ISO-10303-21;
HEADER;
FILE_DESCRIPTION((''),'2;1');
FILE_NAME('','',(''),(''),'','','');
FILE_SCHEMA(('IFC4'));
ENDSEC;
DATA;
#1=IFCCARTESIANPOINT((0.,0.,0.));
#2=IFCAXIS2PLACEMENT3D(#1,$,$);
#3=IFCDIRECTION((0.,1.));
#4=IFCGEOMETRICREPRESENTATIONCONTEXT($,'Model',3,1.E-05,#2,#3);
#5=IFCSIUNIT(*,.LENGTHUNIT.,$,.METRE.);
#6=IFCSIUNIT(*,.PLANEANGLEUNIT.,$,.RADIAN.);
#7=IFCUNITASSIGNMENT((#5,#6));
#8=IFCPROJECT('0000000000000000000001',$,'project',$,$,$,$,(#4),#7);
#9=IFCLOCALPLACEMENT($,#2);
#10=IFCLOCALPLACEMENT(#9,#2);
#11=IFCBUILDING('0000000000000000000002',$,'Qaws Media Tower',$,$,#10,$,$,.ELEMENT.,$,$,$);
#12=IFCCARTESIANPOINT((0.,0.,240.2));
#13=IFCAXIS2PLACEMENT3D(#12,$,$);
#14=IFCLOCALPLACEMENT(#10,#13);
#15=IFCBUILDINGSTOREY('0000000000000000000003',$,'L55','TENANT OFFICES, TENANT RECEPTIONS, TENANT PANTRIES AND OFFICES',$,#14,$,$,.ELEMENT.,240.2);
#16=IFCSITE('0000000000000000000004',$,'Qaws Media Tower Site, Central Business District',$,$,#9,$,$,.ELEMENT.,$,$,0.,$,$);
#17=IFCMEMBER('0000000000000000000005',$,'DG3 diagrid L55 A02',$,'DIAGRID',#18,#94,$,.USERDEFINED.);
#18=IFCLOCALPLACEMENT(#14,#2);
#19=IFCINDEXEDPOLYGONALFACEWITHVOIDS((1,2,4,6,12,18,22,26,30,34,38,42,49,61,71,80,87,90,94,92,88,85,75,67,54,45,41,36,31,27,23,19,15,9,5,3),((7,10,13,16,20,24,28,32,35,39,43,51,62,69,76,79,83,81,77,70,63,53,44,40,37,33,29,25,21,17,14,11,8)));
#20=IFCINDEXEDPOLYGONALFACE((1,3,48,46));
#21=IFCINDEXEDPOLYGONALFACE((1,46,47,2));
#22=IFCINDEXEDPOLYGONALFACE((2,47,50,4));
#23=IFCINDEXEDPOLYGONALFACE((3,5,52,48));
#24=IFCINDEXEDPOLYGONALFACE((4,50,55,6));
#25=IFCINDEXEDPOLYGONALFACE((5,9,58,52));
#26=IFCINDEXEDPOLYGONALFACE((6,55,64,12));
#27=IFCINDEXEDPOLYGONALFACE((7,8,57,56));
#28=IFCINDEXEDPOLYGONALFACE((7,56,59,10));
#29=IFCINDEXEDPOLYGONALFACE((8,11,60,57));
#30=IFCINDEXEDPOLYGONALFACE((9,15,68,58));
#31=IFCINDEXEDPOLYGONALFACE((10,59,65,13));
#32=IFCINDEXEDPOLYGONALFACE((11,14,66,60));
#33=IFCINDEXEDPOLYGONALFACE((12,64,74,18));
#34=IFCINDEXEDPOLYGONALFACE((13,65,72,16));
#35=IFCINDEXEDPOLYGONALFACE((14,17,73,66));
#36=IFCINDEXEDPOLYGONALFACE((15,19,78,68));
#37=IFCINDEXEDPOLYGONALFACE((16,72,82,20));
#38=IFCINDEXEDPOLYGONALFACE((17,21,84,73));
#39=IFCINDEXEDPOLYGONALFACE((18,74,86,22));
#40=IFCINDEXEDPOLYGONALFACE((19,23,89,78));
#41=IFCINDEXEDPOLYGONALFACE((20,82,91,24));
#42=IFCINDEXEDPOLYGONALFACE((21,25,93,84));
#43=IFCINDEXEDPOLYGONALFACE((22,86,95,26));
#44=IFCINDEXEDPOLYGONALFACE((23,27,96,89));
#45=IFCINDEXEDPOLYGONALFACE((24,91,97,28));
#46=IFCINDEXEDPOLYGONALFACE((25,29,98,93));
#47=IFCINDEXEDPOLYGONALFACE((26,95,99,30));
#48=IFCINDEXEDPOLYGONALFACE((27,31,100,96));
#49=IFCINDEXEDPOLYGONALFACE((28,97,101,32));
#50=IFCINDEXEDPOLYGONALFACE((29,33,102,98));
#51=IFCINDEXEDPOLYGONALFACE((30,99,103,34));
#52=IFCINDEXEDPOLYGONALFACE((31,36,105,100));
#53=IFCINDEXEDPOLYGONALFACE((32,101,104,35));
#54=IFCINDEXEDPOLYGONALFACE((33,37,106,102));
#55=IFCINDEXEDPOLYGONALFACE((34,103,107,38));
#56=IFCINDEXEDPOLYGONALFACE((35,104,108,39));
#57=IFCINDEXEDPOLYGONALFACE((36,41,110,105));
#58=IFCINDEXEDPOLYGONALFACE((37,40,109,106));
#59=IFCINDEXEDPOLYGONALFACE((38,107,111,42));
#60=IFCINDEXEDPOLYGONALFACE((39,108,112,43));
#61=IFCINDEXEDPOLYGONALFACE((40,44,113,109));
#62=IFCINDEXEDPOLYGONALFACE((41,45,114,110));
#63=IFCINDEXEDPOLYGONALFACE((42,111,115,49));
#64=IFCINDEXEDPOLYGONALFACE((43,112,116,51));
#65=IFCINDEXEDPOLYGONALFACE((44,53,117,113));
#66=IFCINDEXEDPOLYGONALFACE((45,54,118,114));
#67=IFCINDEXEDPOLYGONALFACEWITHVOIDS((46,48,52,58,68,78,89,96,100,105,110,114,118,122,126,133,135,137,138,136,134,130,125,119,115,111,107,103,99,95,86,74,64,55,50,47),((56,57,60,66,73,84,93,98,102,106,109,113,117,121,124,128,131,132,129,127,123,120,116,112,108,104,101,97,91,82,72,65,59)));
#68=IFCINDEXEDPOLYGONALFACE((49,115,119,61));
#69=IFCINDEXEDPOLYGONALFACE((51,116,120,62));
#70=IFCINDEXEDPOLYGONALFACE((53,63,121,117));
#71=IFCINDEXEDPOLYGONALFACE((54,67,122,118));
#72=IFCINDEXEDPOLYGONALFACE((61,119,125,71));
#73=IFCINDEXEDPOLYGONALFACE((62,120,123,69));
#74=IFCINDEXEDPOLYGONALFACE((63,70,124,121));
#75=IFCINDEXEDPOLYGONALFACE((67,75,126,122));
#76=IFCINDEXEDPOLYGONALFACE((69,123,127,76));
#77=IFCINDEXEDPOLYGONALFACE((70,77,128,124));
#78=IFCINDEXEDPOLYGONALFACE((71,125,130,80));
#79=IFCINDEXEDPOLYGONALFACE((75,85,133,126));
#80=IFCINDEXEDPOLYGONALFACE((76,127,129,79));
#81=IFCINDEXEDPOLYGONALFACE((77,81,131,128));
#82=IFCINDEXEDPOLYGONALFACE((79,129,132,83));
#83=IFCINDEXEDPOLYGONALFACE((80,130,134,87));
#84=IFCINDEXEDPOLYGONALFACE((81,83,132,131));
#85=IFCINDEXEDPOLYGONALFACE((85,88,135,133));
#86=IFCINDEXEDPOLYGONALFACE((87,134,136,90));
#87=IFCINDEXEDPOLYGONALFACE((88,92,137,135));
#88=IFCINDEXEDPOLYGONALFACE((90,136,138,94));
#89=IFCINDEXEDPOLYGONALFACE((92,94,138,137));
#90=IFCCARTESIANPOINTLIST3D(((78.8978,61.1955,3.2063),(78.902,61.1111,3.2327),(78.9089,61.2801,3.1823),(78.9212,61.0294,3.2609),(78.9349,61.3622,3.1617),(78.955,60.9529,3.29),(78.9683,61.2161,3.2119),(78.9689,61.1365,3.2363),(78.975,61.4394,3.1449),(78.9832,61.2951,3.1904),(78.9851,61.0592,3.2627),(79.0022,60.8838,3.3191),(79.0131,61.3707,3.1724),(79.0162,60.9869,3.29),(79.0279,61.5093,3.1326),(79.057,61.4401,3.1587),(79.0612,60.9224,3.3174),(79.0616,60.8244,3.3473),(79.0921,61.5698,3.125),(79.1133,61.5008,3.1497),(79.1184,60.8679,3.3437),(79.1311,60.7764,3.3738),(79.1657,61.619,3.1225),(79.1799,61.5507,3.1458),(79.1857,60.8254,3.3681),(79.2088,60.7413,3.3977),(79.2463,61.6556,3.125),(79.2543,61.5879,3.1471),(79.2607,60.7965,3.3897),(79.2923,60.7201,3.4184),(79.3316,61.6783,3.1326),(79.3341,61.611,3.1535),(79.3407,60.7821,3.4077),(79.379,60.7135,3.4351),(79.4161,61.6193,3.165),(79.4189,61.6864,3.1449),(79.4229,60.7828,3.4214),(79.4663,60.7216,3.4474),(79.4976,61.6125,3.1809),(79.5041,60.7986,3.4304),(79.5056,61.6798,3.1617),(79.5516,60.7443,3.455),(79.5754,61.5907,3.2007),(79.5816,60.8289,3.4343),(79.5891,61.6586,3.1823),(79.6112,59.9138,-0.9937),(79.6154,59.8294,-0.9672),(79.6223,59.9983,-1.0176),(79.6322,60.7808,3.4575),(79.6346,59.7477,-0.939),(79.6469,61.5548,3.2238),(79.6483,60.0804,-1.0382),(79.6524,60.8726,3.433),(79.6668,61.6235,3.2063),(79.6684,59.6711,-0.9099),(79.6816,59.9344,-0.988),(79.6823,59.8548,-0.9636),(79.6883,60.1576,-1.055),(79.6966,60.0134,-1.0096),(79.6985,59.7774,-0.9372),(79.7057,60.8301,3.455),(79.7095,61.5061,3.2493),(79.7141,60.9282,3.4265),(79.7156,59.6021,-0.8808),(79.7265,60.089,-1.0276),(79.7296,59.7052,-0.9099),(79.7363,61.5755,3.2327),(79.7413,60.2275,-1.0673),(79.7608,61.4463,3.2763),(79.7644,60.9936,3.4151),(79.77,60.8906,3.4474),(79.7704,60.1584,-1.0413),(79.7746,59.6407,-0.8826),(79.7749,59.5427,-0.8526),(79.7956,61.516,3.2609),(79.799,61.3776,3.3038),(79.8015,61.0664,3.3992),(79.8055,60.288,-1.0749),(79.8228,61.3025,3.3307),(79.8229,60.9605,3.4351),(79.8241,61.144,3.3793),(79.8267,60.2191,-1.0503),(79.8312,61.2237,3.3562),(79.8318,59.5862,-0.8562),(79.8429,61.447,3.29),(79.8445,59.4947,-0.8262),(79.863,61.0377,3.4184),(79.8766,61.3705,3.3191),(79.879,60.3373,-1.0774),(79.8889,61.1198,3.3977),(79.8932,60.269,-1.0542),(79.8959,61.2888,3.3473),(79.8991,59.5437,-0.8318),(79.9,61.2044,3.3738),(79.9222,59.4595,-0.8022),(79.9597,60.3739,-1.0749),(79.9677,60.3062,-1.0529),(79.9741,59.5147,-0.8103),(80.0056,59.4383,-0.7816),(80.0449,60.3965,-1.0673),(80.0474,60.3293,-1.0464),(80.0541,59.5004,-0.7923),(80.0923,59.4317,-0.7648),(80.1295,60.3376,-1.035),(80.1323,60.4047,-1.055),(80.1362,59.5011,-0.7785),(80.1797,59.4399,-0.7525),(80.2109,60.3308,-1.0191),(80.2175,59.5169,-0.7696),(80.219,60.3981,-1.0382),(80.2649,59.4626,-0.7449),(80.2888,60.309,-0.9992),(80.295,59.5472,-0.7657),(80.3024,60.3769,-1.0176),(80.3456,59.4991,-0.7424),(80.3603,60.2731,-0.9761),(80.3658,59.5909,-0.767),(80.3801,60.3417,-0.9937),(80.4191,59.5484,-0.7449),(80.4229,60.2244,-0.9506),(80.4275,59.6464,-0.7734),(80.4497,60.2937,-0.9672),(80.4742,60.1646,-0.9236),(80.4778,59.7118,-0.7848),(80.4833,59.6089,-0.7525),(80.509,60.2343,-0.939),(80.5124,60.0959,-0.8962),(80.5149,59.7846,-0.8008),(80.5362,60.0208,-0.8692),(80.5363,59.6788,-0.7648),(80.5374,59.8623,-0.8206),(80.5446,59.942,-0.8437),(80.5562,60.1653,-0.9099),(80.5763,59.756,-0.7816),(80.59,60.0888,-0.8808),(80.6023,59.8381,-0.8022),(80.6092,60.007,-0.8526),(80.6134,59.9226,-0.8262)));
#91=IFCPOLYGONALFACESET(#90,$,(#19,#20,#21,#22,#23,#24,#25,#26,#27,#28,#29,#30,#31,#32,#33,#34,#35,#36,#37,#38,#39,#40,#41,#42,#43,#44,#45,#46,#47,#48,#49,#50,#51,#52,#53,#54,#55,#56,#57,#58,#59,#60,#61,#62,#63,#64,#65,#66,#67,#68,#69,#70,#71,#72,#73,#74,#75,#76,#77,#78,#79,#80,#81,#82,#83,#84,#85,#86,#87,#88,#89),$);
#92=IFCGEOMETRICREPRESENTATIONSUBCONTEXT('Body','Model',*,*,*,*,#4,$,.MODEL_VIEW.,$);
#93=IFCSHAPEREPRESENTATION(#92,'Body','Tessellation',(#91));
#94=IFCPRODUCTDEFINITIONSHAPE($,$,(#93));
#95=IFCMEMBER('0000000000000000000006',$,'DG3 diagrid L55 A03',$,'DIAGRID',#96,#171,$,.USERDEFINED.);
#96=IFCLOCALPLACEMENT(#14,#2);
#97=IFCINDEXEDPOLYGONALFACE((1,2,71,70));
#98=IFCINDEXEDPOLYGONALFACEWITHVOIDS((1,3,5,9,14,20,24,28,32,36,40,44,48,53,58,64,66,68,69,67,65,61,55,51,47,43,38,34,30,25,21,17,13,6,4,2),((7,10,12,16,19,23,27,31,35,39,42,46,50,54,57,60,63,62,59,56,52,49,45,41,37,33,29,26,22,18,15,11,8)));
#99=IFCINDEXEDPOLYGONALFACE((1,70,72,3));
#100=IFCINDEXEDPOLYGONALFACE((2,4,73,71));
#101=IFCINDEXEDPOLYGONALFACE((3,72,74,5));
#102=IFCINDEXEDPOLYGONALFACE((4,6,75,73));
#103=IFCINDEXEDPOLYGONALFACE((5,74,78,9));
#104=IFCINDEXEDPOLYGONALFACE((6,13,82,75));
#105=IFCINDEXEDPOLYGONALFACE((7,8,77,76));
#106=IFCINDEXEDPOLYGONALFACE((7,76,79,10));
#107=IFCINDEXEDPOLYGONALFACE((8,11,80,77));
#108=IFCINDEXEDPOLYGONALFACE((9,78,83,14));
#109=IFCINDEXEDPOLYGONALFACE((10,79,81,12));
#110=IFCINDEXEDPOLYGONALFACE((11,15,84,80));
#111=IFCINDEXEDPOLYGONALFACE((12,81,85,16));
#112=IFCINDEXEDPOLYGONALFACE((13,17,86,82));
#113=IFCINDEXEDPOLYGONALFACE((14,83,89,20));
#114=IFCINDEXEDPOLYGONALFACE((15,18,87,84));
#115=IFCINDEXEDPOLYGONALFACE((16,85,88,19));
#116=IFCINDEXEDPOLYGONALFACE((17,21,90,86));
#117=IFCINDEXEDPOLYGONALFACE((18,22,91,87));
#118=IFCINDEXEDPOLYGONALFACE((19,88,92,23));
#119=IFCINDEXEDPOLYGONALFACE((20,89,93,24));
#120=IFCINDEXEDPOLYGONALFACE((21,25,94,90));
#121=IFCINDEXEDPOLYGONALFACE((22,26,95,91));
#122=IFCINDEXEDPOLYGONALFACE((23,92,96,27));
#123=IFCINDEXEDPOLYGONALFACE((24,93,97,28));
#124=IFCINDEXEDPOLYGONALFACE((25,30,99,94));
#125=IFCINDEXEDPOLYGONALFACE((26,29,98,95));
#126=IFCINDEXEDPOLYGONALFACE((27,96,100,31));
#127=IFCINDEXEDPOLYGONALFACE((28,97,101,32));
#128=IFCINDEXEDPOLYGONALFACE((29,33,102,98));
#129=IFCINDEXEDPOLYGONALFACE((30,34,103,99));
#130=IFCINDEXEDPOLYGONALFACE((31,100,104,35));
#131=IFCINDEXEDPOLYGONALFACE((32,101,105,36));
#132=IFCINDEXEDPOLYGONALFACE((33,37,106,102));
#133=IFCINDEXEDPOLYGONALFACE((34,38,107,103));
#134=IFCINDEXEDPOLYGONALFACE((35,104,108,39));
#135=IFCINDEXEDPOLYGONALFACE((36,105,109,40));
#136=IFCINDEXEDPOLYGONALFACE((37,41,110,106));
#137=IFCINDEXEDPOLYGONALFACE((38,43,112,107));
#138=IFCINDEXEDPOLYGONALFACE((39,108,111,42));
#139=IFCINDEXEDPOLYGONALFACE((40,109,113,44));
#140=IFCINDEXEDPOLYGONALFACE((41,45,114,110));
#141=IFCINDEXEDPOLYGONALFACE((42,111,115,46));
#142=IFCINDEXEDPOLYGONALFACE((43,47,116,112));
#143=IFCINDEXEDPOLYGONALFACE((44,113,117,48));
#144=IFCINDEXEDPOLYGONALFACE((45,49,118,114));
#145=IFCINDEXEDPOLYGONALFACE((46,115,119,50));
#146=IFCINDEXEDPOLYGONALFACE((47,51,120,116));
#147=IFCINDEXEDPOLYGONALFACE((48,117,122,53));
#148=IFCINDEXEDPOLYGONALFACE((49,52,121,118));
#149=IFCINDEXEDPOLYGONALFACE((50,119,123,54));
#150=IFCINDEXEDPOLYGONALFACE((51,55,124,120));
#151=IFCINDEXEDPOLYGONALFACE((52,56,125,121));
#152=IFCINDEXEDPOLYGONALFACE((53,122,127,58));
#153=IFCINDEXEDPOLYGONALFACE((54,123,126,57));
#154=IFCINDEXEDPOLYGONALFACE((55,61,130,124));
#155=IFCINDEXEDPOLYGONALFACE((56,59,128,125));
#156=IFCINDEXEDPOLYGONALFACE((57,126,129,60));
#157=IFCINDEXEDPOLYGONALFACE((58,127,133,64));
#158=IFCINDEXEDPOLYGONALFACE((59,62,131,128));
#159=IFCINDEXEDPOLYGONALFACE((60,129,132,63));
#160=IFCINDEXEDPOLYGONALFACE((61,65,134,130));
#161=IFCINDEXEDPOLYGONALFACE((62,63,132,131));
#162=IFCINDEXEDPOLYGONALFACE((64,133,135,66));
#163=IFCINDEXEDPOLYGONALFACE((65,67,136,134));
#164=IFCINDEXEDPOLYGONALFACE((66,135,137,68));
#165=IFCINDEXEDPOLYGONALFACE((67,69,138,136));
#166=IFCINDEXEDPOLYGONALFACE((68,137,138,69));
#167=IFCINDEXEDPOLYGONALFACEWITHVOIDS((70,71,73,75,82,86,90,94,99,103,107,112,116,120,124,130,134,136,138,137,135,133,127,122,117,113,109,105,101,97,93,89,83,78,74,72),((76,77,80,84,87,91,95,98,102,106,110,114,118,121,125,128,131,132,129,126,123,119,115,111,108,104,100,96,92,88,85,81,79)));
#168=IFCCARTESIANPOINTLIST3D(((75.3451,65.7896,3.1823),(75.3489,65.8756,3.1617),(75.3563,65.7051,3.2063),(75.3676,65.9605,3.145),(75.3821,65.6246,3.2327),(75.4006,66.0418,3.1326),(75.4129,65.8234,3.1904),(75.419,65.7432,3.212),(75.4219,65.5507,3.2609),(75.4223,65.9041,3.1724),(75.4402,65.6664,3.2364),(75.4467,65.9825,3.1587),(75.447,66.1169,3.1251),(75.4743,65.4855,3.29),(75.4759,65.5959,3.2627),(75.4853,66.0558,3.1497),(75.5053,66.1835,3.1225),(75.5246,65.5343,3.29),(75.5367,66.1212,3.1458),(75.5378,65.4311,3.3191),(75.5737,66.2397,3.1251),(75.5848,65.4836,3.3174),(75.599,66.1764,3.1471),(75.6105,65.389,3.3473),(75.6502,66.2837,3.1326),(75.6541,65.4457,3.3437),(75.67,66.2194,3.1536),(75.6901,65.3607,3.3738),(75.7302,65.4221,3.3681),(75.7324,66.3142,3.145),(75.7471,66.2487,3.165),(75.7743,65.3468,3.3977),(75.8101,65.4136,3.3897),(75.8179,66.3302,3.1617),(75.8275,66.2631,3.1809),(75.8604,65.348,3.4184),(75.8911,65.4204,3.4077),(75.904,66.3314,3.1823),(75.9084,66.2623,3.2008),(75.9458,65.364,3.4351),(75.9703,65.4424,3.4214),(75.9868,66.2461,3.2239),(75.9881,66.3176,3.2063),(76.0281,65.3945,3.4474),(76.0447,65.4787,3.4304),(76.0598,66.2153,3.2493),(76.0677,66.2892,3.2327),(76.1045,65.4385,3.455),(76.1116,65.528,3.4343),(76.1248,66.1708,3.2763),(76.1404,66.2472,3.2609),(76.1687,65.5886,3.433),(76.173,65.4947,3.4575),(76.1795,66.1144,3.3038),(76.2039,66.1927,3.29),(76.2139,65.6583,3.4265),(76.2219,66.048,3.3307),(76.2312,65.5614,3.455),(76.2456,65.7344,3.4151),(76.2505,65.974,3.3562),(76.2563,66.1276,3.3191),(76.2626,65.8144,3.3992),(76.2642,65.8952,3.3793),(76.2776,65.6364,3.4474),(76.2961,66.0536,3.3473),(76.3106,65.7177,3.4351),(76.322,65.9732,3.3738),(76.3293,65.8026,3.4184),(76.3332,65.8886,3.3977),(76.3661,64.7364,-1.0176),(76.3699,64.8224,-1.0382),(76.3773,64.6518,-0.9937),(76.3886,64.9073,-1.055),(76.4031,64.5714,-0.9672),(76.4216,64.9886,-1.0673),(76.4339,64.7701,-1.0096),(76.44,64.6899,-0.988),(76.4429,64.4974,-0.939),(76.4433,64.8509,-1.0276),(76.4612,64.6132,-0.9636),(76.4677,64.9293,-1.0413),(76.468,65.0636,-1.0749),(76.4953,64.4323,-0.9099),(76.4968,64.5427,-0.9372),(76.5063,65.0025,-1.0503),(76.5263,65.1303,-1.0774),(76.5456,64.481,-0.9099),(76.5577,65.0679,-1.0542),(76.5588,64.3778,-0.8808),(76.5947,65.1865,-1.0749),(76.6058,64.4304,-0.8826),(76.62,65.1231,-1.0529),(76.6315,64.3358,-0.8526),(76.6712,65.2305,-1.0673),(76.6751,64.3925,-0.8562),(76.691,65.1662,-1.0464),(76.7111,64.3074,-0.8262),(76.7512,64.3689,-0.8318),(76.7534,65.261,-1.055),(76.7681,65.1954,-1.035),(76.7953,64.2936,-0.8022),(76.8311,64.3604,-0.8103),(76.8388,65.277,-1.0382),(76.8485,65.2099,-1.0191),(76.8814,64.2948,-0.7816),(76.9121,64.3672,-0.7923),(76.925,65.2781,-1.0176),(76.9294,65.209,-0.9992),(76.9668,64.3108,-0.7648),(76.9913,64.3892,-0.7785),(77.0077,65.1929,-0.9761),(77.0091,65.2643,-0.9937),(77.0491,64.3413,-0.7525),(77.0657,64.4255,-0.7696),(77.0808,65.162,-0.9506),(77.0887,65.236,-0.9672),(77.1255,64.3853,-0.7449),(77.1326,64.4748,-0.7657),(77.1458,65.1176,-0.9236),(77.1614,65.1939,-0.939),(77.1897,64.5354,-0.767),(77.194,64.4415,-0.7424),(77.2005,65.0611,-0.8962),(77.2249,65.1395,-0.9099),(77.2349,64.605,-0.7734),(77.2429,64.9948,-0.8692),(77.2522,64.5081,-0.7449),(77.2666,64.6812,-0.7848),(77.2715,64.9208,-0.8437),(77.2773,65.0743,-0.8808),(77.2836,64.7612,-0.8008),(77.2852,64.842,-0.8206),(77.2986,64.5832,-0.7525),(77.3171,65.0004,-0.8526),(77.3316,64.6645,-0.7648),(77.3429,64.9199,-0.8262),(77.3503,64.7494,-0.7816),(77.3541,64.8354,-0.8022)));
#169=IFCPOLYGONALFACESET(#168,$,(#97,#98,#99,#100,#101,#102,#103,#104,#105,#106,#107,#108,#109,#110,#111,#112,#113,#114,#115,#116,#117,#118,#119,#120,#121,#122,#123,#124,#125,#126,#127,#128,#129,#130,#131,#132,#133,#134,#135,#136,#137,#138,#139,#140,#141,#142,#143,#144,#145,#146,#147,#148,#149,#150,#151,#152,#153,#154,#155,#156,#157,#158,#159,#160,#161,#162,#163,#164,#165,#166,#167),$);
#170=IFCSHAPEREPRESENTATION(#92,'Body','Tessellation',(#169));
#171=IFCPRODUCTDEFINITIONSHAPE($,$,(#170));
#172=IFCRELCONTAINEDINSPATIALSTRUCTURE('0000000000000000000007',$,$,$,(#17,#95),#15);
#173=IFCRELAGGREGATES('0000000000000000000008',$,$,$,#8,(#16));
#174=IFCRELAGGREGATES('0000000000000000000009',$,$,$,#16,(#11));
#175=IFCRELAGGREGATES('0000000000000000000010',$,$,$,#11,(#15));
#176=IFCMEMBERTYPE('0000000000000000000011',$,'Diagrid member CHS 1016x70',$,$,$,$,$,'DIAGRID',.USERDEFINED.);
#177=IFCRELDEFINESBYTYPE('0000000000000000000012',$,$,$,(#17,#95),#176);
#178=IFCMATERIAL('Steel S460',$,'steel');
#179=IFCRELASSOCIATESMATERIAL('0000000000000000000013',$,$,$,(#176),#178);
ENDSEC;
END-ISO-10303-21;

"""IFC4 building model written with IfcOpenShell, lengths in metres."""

from ifc_helpers import new_model, si_unit, direction, frame, origin, origin_2d, place, context, subcontext, project, spatial, hollow_circle, extrude, material, material_profile, profile_set, type_object, element, save


model = new_model("IFC4")

# Units and contexts
model_context = context("Model", 3, precision=1e-05, world=origin(), true_north=direction((0.0, 1.0)))
body_context = subcontext(model_context, "Body", "Model", "MODEL_VIEW")
ifc_project = project(units=[si_unit("LENGTHUNIT", "METRE"), si_unit("PLANEANGLEUNIT", "RADIAN")], contexts=[model_context])

# Site, building, storey
site_placement = place(None, origin())
site = spatial("IfcSite", under=ifc_project, at=site_placement, Name="Qaws Media Tower Site, Central Business District", CompositionType="ELEMENT", RefElevation=0.0)
building_placement = place(site_placement, origin())
building = spatial("IfcBuilding", under=site, at=building_placement, Name="Qaws Media Tower", CompositionType="ELEMENT")
storey_placement = place(building_placement, frame((0.0, 0.0, 240.2)))
storey = spatial("IfcBuildingStorey", under=building, at=storey_placement, Name="L55", Description="TENANT OFFICES, TENANT RECEPTIONS, TENANT PANTRIES AND OFFICES", CompositionType="ELEMENT", Elevation=240.2)

# Members
ifc_material_1 = material(Name="Steel S460", Category="steel")
ifc_material_profile_1 = material_profile(ifc_material_1, hollow_circle(Radius=0.5081, WallThickness=0.0701, at=origin_2d()), Name="CHS 1016x70")
ifc_profile_set_1 = profile_set([ifc_material_profile_1], Name="Steel S460")
member_type_1 = type_object("IfcMemberType", Name="Diagrid member CHS 1016x70", ElementType="DIAGRID", PredefinedType="USERDEFINED", material=ifc_profile_set_1)
for number, where, z_axis, x_axis, name in (
    (1, (80.1123, 59.9182, -0.9099), (-0.160355, 0.288112, 0.944075), (-0.87378, -0.486321, 0.0), "DG3 diagrid L55 A02"),
    (2, (76.8601, 64.7859, -0.9099), (-0.229502, 0.236746, 0.944076), (-0.718006, -0.696037, 0.0), "DG3 diagrid L55 A03"),
):
    element("IfcMember", number, at=place(storey_placement, frame(where, z_axis=z_axis, x_axis=x_axis)), inside=storey, type_object=member_type_1, Name=name, ObjectType="DIAGRID", PredefinedType="USERDEFINED", context=body_context, shape_type="SweptSolid", body=[
        extrude(hollow_circle(Radius=0.5081, WallThickness=0.0701, at=origin_2d()), origin(), (0.0, 0.0, 1.0), 4.4487),
    ])

save(model, "model.ifc")
